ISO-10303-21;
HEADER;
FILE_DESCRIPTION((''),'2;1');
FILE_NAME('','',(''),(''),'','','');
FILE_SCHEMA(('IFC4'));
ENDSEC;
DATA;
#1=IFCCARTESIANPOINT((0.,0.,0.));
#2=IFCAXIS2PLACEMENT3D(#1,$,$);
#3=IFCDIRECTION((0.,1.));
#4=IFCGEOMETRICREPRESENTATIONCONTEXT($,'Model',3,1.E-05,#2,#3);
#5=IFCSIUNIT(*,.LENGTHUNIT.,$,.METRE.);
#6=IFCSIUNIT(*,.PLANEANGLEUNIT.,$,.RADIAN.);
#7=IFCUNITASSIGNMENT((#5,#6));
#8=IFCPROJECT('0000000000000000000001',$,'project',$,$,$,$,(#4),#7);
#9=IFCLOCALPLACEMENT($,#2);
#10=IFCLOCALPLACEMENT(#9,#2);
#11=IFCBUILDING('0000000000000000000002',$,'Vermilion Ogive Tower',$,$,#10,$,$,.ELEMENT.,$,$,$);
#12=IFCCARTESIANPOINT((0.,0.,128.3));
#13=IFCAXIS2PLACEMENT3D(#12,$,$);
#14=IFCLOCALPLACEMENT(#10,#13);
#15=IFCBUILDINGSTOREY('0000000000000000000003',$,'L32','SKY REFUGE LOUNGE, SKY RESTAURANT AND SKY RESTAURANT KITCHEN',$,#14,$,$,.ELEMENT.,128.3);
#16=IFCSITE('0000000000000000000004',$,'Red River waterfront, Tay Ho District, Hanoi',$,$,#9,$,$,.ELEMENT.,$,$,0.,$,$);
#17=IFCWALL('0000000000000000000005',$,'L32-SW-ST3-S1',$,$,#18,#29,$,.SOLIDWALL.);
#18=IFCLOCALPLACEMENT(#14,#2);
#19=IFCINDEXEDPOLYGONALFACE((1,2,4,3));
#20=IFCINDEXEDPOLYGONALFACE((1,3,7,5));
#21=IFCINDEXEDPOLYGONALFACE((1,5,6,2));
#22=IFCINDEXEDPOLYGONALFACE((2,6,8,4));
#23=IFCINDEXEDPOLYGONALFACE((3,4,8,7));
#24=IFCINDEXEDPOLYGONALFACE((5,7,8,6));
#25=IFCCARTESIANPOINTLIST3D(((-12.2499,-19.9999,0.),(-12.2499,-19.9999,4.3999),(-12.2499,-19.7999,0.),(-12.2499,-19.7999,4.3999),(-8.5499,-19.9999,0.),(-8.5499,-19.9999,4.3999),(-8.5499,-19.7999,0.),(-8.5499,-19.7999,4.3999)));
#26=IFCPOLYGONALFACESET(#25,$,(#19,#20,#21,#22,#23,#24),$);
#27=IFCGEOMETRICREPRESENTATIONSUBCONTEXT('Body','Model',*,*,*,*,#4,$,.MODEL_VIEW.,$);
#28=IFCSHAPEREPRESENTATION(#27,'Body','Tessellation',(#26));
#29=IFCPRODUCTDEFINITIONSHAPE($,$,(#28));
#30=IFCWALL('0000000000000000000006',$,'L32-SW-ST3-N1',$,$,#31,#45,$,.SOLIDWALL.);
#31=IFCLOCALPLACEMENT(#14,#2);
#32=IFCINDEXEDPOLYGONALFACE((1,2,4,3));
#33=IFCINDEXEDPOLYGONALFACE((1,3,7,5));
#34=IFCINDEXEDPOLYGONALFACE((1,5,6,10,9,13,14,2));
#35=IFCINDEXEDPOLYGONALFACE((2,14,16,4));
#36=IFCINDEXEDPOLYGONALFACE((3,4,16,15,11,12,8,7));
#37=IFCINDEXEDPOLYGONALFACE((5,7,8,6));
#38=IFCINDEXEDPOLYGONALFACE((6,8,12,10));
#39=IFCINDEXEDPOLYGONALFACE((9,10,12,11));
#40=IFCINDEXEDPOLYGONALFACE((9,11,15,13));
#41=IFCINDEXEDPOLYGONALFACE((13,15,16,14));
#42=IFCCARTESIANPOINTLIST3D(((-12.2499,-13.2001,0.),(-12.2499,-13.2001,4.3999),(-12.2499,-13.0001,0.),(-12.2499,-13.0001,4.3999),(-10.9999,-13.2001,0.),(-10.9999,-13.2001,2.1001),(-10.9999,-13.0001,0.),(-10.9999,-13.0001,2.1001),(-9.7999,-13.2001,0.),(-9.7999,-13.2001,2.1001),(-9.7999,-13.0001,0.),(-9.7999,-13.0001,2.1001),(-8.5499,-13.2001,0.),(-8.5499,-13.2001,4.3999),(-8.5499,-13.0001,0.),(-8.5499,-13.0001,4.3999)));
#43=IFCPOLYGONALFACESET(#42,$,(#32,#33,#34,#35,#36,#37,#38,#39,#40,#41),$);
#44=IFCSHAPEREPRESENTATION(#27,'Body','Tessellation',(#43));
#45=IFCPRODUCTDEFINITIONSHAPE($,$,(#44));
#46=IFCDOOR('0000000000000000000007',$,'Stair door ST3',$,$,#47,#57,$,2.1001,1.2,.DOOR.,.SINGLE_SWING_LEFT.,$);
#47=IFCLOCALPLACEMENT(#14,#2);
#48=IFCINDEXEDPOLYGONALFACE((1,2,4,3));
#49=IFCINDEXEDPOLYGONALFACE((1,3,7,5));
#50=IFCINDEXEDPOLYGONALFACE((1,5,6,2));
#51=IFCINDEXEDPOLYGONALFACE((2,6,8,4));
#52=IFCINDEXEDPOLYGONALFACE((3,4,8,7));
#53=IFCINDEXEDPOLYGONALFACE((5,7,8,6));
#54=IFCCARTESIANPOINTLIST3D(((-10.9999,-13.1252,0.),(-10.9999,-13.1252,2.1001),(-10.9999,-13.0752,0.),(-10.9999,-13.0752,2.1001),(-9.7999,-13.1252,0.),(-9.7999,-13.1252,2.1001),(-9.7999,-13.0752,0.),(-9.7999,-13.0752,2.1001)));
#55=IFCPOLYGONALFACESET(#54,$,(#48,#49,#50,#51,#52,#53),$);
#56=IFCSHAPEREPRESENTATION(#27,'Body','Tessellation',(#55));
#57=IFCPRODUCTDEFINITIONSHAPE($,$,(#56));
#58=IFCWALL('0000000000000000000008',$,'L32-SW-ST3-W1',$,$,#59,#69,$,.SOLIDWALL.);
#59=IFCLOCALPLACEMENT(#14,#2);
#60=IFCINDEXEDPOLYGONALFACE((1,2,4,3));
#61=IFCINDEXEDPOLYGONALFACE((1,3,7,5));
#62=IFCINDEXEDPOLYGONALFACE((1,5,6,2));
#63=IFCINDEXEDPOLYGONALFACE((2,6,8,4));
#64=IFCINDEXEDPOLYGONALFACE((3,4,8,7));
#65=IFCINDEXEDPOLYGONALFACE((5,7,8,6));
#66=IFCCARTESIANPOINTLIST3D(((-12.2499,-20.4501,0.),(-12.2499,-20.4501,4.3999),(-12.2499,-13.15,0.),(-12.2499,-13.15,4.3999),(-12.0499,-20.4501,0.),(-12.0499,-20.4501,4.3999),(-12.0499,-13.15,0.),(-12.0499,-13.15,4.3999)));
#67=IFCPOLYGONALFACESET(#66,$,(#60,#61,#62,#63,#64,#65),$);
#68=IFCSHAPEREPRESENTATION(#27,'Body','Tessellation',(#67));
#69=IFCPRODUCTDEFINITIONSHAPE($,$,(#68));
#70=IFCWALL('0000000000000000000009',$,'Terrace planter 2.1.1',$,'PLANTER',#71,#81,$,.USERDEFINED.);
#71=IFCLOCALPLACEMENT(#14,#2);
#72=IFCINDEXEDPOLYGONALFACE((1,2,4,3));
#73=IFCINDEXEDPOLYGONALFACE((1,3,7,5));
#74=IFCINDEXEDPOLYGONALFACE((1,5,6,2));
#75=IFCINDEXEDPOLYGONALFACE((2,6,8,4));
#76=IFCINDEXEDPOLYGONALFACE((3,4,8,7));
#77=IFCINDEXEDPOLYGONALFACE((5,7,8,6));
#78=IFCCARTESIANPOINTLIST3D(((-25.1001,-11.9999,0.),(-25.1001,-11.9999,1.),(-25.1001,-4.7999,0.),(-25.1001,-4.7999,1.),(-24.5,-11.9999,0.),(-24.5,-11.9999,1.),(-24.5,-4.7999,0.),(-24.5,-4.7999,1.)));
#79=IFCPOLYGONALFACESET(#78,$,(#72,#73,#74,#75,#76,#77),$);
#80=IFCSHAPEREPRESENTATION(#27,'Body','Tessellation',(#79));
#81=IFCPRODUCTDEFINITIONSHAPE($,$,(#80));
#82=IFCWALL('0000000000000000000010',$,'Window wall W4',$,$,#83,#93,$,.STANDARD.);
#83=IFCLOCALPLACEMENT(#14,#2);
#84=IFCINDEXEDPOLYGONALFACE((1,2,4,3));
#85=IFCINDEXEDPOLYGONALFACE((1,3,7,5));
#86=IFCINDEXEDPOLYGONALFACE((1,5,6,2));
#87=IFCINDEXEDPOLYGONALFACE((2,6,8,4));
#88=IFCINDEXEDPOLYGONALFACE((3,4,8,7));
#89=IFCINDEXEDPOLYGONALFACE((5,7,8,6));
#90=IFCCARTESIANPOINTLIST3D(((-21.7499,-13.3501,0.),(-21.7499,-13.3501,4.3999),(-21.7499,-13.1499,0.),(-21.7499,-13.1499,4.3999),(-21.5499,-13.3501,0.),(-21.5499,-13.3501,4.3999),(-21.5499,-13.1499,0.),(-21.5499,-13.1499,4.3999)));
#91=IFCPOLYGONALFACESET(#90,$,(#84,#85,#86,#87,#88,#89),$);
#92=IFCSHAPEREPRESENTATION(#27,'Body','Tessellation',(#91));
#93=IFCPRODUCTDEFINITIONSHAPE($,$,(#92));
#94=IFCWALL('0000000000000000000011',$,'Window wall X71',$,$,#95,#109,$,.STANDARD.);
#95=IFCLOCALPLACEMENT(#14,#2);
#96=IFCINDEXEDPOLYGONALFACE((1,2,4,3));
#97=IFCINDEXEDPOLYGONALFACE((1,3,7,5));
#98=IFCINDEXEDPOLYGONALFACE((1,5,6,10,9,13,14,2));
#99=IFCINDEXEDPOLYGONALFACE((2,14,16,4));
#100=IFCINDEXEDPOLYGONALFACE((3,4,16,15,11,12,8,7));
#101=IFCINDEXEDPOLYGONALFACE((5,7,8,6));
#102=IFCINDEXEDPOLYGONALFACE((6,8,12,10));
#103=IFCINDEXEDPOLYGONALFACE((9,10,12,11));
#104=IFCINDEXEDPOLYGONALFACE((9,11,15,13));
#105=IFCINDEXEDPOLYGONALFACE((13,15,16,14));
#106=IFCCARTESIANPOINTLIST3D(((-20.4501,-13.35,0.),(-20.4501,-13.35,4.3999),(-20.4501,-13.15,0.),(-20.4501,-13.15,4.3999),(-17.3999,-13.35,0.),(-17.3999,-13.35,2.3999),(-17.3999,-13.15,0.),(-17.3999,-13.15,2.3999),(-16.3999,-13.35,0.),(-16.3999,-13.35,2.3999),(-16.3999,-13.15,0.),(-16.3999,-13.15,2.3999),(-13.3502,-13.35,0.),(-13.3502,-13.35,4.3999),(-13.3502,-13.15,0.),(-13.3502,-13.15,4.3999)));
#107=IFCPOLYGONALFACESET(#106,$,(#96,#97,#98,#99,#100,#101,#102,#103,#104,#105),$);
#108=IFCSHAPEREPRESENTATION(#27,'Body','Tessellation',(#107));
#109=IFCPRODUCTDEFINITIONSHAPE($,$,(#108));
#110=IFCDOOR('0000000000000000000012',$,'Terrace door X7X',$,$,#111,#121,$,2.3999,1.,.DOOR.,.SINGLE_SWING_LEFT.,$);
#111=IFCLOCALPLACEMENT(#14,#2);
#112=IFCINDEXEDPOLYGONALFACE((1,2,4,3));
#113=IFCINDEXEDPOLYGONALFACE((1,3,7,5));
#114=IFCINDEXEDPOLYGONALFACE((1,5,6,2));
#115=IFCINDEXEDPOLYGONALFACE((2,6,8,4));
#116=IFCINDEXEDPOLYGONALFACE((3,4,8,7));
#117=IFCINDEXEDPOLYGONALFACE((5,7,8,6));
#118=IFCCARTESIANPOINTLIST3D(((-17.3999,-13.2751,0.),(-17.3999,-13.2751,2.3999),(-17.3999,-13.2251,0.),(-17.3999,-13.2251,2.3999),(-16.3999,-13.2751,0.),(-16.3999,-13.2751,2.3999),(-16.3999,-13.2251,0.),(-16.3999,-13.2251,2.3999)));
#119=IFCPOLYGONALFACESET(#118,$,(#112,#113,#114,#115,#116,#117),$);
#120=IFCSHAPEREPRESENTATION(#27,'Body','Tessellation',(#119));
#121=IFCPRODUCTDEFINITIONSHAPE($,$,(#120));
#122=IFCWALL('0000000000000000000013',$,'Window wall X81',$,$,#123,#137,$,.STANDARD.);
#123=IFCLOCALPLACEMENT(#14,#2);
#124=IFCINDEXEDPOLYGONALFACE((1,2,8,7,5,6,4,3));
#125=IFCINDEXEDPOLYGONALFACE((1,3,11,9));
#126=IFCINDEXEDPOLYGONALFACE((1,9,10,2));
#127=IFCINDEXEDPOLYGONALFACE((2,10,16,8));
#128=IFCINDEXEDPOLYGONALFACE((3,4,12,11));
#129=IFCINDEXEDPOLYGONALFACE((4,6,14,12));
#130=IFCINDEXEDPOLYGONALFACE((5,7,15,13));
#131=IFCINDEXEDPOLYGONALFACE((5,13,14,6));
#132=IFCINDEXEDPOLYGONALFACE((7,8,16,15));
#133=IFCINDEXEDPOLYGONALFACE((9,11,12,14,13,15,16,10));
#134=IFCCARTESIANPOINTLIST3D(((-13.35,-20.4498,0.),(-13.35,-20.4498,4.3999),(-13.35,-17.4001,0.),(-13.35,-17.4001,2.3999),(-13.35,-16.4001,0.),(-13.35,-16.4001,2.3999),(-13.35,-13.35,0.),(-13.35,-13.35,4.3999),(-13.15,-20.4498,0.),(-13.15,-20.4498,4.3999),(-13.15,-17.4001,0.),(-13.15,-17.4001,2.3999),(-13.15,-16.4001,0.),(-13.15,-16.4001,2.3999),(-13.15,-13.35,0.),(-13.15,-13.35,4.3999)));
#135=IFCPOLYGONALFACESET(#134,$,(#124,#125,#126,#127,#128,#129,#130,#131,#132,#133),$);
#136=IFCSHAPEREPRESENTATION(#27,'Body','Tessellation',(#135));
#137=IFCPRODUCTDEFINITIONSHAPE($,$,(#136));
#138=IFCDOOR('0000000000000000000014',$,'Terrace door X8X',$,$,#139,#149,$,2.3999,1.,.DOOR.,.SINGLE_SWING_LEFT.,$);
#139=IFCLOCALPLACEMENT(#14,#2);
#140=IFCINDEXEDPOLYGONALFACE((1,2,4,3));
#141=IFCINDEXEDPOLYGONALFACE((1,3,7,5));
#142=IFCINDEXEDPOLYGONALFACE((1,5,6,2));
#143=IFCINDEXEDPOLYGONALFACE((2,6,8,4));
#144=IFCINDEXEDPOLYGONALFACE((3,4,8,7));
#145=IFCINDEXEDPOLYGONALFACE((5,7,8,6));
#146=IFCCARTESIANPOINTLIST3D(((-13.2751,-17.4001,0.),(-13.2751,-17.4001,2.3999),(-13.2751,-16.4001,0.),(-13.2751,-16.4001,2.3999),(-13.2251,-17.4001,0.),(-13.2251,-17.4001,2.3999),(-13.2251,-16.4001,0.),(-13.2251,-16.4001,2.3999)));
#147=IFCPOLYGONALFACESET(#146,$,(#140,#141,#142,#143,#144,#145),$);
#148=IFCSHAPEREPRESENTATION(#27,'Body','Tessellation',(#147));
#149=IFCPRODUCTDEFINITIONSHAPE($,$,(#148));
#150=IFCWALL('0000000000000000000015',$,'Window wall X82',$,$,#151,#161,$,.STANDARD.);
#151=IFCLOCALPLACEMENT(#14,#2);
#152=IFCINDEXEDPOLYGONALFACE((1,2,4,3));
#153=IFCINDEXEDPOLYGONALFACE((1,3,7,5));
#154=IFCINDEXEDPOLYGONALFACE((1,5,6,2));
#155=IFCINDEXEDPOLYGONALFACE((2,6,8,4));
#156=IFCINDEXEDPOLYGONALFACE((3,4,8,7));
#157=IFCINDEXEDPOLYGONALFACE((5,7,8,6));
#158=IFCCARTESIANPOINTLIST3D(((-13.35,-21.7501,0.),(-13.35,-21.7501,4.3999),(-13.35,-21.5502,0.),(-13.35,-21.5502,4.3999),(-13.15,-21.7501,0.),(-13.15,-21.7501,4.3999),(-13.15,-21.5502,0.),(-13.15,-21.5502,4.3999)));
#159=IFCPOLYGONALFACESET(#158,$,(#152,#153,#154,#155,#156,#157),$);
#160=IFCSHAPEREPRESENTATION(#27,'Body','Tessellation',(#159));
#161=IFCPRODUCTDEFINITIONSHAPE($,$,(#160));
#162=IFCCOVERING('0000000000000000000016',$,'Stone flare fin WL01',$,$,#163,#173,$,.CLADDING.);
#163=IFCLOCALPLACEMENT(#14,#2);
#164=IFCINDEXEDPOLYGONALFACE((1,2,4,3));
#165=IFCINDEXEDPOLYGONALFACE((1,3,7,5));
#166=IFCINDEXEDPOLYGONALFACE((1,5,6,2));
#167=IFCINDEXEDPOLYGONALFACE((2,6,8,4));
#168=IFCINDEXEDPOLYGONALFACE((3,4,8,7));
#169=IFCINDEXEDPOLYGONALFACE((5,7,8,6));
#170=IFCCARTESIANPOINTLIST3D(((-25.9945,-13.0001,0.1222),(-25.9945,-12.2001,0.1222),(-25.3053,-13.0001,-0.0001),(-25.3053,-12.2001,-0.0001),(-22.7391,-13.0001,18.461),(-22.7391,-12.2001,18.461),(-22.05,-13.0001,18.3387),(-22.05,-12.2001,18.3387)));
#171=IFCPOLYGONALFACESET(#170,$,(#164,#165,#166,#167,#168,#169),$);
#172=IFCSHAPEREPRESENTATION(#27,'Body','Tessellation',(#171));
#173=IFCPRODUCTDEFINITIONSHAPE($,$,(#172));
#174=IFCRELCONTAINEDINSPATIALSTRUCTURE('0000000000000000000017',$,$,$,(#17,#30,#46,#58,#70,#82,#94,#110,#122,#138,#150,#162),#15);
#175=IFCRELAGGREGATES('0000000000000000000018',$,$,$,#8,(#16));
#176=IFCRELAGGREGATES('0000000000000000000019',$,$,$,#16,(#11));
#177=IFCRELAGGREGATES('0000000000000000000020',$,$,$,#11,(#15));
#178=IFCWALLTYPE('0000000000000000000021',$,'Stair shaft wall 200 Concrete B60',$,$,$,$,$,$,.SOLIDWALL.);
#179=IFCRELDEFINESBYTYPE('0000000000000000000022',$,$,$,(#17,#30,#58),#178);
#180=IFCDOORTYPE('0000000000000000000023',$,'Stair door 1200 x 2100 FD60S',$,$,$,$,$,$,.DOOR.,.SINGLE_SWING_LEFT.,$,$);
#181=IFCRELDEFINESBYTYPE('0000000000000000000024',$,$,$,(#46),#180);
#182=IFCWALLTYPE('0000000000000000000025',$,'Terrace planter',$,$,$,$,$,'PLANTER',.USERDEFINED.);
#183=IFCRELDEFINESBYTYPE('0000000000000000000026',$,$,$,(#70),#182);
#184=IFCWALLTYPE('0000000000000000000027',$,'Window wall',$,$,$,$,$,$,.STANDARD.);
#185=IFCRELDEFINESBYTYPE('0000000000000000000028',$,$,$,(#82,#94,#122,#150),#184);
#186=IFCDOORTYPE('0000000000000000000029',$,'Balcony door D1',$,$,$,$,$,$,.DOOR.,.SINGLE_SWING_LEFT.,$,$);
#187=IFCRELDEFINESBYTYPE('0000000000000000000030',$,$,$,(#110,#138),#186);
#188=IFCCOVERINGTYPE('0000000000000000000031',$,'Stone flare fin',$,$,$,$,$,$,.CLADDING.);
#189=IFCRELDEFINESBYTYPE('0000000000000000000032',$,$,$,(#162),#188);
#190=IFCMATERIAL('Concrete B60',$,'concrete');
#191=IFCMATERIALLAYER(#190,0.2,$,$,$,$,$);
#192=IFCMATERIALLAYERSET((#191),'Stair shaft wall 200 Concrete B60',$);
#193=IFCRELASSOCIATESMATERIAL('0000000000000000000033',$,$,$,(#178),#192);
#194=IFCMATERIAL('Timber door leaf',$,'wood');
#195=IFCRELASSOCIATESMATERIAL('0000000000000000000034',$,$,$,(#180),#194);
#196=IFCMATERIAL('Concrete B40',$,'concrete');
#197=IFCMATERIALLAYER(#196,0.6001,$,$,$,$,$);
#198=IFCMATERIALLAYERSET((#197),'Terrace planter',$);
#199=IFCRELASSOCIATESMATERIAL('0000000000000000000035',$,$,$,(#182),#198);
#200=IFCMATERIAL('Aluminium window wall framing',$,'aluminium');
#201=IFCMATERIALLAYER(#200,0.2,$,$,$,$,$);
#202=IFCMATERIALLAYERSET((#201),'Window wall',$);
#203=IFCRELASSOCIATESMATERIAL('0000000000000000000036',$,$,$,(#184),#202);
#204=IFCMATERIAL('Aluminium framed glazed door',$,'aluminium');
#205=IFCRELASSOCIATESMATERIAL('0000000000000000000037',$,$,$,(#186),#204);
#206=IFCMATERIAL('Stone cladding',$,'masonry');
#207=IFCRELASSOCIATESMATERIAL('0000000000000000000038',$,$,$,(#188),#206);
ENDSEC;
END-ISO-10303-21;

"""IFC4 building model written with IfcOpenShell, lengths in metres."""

from ifc_helpers import new_model, si_unit, direction, frame, frame_2d, origin, origin_2d, place, context, subcontext, project, spatial, rectangle, extrude, material, layer, layer_set, material_profile, profile_set, type_object, element, fill, save


model = new_model("IFC4")

# Units and contexts
model_context = context("Model", 3, precision=1e-05, world=origin(), true_north=direction((0.0, 1.0)))
body_context = subcontext(model_context, "Body", "Model", "MODEL_VIEW")
ifc_project = project(units=[si_unit("LENGTHUNIT", "METRE"), si_unit("PLANEANGLEUNIT", "RADIAN")], contexts=[model_context])

# Site, building, storey
site_placement = place(None, origin())
site = spatial("IfcSite", under=ifc_project, at=site_placement, Name="Red River waterfront, Tay Ho District, Hanoi", CompositionType="ELEMENT", RefElevation=0.0)
building_placement = place(site_placement, origin())
building = spatial("IfcBuilding", under=site, at=building_placement, Name="Vermilion Ogive Tower", CompositionType="ELEMENT")
storey_placement = place(building_placement, frame((0.0, 0.0, 128.3)))
storey = spatial("IfcBuildingStorey", under=building, at=storey_placement, Name="L32", Description="SKY REFUGE LOUNGE, SKY RESTAURANT AND SKY RESTAURANT KITCHEN", CompositionType="ELEMENT", Elevation=128.3)

# Wall
ifc_material_1 = material(Name="Concrete B60", Category="concrete")
ifc_layer_1 = layer(ifc_material_1, 0.2)
ifc_layer_set_1 = layer_set([ifc_layer_1], Name="Stair shaft wall 200 Concrete B60")
wall_type_1 = type_object("IfcWallType", Name="Stair shaft wall 200 Concrete B60", PredefinedType="SOLIDWALL", material=ifc_layer_set_1)
wall_1_placement = place(storey_placement, frame((-12.25, -19.8999, 0.0), z_axis=(0.0, 0.0, 1.0), x_axis=(1.0, 0.0, 0.0)))
element("IfcWall", 1, at=wall_1_placement, inside=storey, type_object=wall_type_1, Name="L32-SW-ST3-S1", PredefinedType="SOLIDWALL", context=body_context, shape_type="SweptSolid", body=[
    extrude(rectangle(XDim=3.7, YDim=0.2, at=frame_2d((1.8501, 0.0))), origin(), (0.0, 0.0, 1.0), 4.3999),
])

# Wall, opening, door
wall_2_placement = place(storey_placement, frame((-12.25, -13.1001, 0.0), z_axis=(0.0, 0.0, 1.0), x_axis=(1.0, 0.0, 0.0)))
wall_2 = element("IfcWall", 2, at=wall_2_placement, inside=storey, type_object=wall_type_1, Name="L32-SW-ST3-N1", PredefinedType="SOLIDWALL", context=body_context, shape_type="SweptSolid", body=[
    extrude(rectangle(XDim=3.7, YDim=0.2, at=frame_2d((1.8501, 0.0))), origin(), (0.0, 0.0, 1.0), 4.3999),
])
opening_1_placement = place(wall_2_placement, frame((1.25, 0.0, 0.0)))
opening_1 = element("IfcOpeningElement", 3, at=opening_1_placement, cuts=wall_2, PredefinedType="OPENING", context=body_context, shape_type="SweptSolid", body=[
    extrude(rectangle(XDim=1.2, YDim=2.1001, at=frame_2d((0.6001, 1.05))), frame((0.0, 0.1099, 0.0), z_axis=(0.0, -1.0, 0.0), x_axis=(1.0, 0.0, 0.0)), (0.0, 0.0, 1.0), 0.22),
])
ifc_material_2 = material(Name="Timber door leaf", Category="wood")
door_type_1 = type_object("IfcDoorType", Name="Stair door 1200 x 2100 FD60S", OperationType="SINGLE_SWING_LEFT", PredefinedType="DOOR", material=ifc_material_2)
door_1_placement = place(opening_1_placement, origin())
door_1 = element("IfcDoor", 4, at=door_1_placement, inside=storey, type_object=door_type_1, Name="Stair door ST3", OperationType="SINGLE_SWING_LEFT", OverallHeight=2.1001, OverallWidth=1.2, PredefinedType="DOOR", context=body_context, shape_type="SweptSolid", body=[
    extrude(rectangle(XDim=1.2, YDim=2.1001, at=frame_2d((0.6001, 1.05))), frame((0.0, 0.0249, 0.0), z_axis=(0.0, -1.0, 0.0), x_axis=(1.0, 0.0, 0.0)), (0.0, 0.0, 1.0), 0.05),
])
fill(opening_1, door_1)

# Walls
wall_3_placement = place(storey_placement, frame((-12.1499, -20.45, 0.0), z_axis=(0.0, 0.0, 1.0), x_axis=(0.0, 1.0, 0.0)))
element("IfcWall", 5, at=wall_3_placement, inside=storey, type_object=wall_type_1, Name="L32-SW-ST3-W1", PredefinedType="SOLIDWALL", context=body_context, shape_type="SweptSolid", body=[
    extrude(rectangle(XDim=7.3, YDim=0.2, at=frame_2d((3.6499, 0.0))), origin(), (0.0, 0.0, 1.0), 4.3999),
])
ifc_material_3 = material(Name="Concrete B40", Category="concrete")
ifc_layer_2 = layer(ifc_material_3, 0.6001)
ifc_layer_set_2 = layer_set([ifc_layer_2], Name="Terrace planter")
wall_type_2 = type_object("IfcWallType", Name="Terrace planter", ElementType="PLANTER", PredefinedType="USERDEFINED", material=ifc_layer_set_2)
wall_4_placement = place(storey_placement, frame((-24.8, -12.0, 0.0), z_axis=(0.0, 0.0, 1.0), x_axis=(0.0, 1.0, 0.0)))
element("IfcWall", 6, at=wall_4_placement, inside=storey, type_object=wall_type_2, Name="Terrace planter 2.1.1", ObjectType="PLANTER", PredefinedType="USERDEFINED", context=body_context, shape_type="SweptSolid", body=[
    extrude(rectangle(XDim=7.2, YDim=0.6001, at=frame_2d((3.6001, 0.0))), origin(), (0.0, 0.0, 1.0), 1.0),
])
ifc_material_4 = material(Name="Aluminium window wall framing", Category="aluminium")
ifc_layer_3 = layer(ifc_material_4, 0.2)
ifc_layer_set_3 = layer_set([ifc_layer_3], Name="Window wall")
wall_type_3 = type_object("IfcWallType", Name="Window wall", PredefinedType="STANDARD", material=ifc_layer_set_3)
wall_5_placement = place(storey_placement, frame((-21.6499, -13.1499, 0.0), z_axis=(0.0, 0.0, 1.0), x_axis=(0.0, -1.0, 0.0)))
element("IfcWall", 7, at=wall_5_placement, inside=storey, type_object=wall_type_3, Name="Window wall W4", PredefinedType="STANDARD", context=body_context, shape_type="SweptSolid", body=[
    extrude(rectangle(XDim=0.2002, YDim=0.2, at=frame_2d((0.1001, 0.0))), origin(), (0.0, 0.0, 1.0), 4.3999),
])

# Walls, openings, doors
wall_6_placement = place(storey_placement, frame((-20.45, -13.25, 0.0), z_axis=(0.0, 0.0, 1.0), x_axis=(1.0, 0.0, 0.0)))
wall_6 = element("IfcWall", 8, at=wall_6_placement, inside=storey, type_object=wall_type_3, Name="Window wall X71", PredefinedType="STANDARD", context=body_context, shape_type="SweptSolid", body=[
    extrude(rectangle(XDim=7.0999, YDim=0.2, at=frame_2d((3.5498, 0.0))), origin(), (0.0, 0.0, 1.0), 4.3999),
])
opening_2_placement = place(wall_6_placement, frame((3.05, 0.0, 0.0)))
opening_2 = element("IfcOpeningElement", 9, at=opening_2_placement, cuts=wall_6, PredefinedType="OPENING", context=body_context, shape_type="SweptSolid", body=[
    extrude(rectangle(XDim=1.0, YDim=2.3999, at=frame_2d((0.5, 1.2))), frame((0.0, 0.1099, 0.0), z_axis=(0.0, -1.0, 0.0), x_axis=(1.0, 0.0, 0.0)), (0.0, 0.0, 1.0), 0.22),
])
ifc_material_5 = material(Name="Aluminium framed glazed door", Category="aluminium")
door_type_2 = type_object("IfcDoorType", Name="Balcony door D1", OperationType="SINGLE_SWING_LEFT", PredefinedType="DOOR", material=ifc_material_5)
door_2_placement = place(opening_2_placement, origin())
door_2 = element("IfcDoor", 10, at=door_2_placement, inside=storey, type_object=door_type_2, Name="Terrace door X7X", OperationType="SINGLE_SWING_LEFT", OverallHeight=2.3999, OverallWidth=1.0, PredefinedType="DOOR", context=body_context, shape_type="SweptSolid", body=[
    extrude(rectangle(XDim=1.0, YDim=2.3999, at=frame_2d((0.5, 1.2))), frame((0.0, 0.0249, 0.0), z_axis=(0.0, -1.0, 0.0), x_axis=(1.0, 0.0, 0.0)), (0.0, 0.0, 1.0), 0.05),
])
fill(opening_2, door_2)
wall_7_placement = place(storey_placement, frame((-13.25, -13.3501, 0.0), z_axis=(0.0, 0.0, 1.0), x_axis=(0.0, -1.0, 0.0)))
wall_7 = element("IfcWall", 11, at=wall_7_placement, inside=storey, type_object=wall_type_3, Name="Window wall X81", PredefinedType="STANDARD", context=body_context, shape_type="SweptSolid", body=[
    extrude(rectangle(XDim=7.0999, YDim=0.2, at=frame_2d((3.5498, 0.0))), origin(), (0.0, 0.0, 1.0), 4.3999),
])
opening_3_placement = place(wall_7_placement, frame((3.05, 0.0, 0.0)))
opening_3 = element("IfcOpeningElement", 12, at=opening_3_placement, cuts=wall_7, PredefinedType="OPENING", context=body_context, shape_type="SweptSolid", body=[
    extrude(rectangle(XDim=1.0, YDim=2.3999, at=frame_2d((0.5, 1.2))), frame((0.0, 0.1099, 0.0), z_axis=(0.0, -1.0, 0.0), x_axis=(1.0, 0.0, 0.0)), (0.0, 0.0, 1.0), 0.22),
])
door_3_placement = place(opening_3_placement, origin())
door_3 = element("IfcDoor", 13, at=door_3_placement, inside=storey, type_object=door_type_2, Name="Terrace door X8X", OperationType="SINGLE_SWING_LEFT", OverallHeight=2.3999, OverallWidth=1.0, PredefinedType="DOOR", context=body_context, shape_type="SweptSolid", body=[
    extrude(rectangle(XDim=1.0, YDim=2.3999, at=frame_2d((0.5, 1.2))), frame((0.0, 0.0249, 0.0), z_axis=(0.0, -1.0, 0.0), x_axis=(1.0, 0.0, 0.0)), (0.0, 0.0, 1.0), 0.05),
])
fill(opening_3, door_3)

# Wall
wall_8_placement = place(storey_placement, frame((-13.25, -21.55, 0.0), z_axis=(0.0, 0.0, 1.0), x_axis=(0.0, -1.0, 0.0)))
element("IfcWall", 14, at=wall_8_placement, inside=storey, type_object=wall_type_3, Name="Window wall X82", PredefinedType="STANDARD", context=body_context, shape_type="SweptSolid", body=[
    extrude(rectangle(XDim=0.2, YDim=0.2, at=frame_2d((0.1001, 0.0))), origin(), (0.0, 0.0, 1.0), 4.3999),
])

# Covering
ifc_material_6 = material(Name="Stone cladding", Category="masonry")
ifc_material_profile_1 = material_profile(ifc_material_6, rectangle(XDim=0.8, YDim=0.7, at=origin_2d()), Name="STONE 800x700")
ifc_profile_set_1 = profile_set([ifc_material_profile_1], Name="Stone cladding")
covering_type = type_object("IfcCoveringType", Name="Stone flare fin", PredefinedType="CLADDING", material=ifc_profile_set_1)
for number, where, z_axis, x_axis, name in (
    (15, (-25.6499, -12.6001, 0.061), (0.17478, 0.0, 0.984608), (0.0, 1.0, 0.0), "Stone flare fin WL01"),
):
    element("IfcCovering", number, at=place(storey_placement, frame(where, z_axis=z_axis, x_axis=x_axis)), inside=storey, type_object=covering_type, Name=name, PredefinedType="CLADDING", context=body_context, shape_type="SweptSolid", body=[
        extrude(rectangle(XDim=0.8, YDim=0.7, at=origin_2d()), origin(), (0.0, 0.0, 1.0), 18.6255),
    ])

save(model, "model.ifc")
